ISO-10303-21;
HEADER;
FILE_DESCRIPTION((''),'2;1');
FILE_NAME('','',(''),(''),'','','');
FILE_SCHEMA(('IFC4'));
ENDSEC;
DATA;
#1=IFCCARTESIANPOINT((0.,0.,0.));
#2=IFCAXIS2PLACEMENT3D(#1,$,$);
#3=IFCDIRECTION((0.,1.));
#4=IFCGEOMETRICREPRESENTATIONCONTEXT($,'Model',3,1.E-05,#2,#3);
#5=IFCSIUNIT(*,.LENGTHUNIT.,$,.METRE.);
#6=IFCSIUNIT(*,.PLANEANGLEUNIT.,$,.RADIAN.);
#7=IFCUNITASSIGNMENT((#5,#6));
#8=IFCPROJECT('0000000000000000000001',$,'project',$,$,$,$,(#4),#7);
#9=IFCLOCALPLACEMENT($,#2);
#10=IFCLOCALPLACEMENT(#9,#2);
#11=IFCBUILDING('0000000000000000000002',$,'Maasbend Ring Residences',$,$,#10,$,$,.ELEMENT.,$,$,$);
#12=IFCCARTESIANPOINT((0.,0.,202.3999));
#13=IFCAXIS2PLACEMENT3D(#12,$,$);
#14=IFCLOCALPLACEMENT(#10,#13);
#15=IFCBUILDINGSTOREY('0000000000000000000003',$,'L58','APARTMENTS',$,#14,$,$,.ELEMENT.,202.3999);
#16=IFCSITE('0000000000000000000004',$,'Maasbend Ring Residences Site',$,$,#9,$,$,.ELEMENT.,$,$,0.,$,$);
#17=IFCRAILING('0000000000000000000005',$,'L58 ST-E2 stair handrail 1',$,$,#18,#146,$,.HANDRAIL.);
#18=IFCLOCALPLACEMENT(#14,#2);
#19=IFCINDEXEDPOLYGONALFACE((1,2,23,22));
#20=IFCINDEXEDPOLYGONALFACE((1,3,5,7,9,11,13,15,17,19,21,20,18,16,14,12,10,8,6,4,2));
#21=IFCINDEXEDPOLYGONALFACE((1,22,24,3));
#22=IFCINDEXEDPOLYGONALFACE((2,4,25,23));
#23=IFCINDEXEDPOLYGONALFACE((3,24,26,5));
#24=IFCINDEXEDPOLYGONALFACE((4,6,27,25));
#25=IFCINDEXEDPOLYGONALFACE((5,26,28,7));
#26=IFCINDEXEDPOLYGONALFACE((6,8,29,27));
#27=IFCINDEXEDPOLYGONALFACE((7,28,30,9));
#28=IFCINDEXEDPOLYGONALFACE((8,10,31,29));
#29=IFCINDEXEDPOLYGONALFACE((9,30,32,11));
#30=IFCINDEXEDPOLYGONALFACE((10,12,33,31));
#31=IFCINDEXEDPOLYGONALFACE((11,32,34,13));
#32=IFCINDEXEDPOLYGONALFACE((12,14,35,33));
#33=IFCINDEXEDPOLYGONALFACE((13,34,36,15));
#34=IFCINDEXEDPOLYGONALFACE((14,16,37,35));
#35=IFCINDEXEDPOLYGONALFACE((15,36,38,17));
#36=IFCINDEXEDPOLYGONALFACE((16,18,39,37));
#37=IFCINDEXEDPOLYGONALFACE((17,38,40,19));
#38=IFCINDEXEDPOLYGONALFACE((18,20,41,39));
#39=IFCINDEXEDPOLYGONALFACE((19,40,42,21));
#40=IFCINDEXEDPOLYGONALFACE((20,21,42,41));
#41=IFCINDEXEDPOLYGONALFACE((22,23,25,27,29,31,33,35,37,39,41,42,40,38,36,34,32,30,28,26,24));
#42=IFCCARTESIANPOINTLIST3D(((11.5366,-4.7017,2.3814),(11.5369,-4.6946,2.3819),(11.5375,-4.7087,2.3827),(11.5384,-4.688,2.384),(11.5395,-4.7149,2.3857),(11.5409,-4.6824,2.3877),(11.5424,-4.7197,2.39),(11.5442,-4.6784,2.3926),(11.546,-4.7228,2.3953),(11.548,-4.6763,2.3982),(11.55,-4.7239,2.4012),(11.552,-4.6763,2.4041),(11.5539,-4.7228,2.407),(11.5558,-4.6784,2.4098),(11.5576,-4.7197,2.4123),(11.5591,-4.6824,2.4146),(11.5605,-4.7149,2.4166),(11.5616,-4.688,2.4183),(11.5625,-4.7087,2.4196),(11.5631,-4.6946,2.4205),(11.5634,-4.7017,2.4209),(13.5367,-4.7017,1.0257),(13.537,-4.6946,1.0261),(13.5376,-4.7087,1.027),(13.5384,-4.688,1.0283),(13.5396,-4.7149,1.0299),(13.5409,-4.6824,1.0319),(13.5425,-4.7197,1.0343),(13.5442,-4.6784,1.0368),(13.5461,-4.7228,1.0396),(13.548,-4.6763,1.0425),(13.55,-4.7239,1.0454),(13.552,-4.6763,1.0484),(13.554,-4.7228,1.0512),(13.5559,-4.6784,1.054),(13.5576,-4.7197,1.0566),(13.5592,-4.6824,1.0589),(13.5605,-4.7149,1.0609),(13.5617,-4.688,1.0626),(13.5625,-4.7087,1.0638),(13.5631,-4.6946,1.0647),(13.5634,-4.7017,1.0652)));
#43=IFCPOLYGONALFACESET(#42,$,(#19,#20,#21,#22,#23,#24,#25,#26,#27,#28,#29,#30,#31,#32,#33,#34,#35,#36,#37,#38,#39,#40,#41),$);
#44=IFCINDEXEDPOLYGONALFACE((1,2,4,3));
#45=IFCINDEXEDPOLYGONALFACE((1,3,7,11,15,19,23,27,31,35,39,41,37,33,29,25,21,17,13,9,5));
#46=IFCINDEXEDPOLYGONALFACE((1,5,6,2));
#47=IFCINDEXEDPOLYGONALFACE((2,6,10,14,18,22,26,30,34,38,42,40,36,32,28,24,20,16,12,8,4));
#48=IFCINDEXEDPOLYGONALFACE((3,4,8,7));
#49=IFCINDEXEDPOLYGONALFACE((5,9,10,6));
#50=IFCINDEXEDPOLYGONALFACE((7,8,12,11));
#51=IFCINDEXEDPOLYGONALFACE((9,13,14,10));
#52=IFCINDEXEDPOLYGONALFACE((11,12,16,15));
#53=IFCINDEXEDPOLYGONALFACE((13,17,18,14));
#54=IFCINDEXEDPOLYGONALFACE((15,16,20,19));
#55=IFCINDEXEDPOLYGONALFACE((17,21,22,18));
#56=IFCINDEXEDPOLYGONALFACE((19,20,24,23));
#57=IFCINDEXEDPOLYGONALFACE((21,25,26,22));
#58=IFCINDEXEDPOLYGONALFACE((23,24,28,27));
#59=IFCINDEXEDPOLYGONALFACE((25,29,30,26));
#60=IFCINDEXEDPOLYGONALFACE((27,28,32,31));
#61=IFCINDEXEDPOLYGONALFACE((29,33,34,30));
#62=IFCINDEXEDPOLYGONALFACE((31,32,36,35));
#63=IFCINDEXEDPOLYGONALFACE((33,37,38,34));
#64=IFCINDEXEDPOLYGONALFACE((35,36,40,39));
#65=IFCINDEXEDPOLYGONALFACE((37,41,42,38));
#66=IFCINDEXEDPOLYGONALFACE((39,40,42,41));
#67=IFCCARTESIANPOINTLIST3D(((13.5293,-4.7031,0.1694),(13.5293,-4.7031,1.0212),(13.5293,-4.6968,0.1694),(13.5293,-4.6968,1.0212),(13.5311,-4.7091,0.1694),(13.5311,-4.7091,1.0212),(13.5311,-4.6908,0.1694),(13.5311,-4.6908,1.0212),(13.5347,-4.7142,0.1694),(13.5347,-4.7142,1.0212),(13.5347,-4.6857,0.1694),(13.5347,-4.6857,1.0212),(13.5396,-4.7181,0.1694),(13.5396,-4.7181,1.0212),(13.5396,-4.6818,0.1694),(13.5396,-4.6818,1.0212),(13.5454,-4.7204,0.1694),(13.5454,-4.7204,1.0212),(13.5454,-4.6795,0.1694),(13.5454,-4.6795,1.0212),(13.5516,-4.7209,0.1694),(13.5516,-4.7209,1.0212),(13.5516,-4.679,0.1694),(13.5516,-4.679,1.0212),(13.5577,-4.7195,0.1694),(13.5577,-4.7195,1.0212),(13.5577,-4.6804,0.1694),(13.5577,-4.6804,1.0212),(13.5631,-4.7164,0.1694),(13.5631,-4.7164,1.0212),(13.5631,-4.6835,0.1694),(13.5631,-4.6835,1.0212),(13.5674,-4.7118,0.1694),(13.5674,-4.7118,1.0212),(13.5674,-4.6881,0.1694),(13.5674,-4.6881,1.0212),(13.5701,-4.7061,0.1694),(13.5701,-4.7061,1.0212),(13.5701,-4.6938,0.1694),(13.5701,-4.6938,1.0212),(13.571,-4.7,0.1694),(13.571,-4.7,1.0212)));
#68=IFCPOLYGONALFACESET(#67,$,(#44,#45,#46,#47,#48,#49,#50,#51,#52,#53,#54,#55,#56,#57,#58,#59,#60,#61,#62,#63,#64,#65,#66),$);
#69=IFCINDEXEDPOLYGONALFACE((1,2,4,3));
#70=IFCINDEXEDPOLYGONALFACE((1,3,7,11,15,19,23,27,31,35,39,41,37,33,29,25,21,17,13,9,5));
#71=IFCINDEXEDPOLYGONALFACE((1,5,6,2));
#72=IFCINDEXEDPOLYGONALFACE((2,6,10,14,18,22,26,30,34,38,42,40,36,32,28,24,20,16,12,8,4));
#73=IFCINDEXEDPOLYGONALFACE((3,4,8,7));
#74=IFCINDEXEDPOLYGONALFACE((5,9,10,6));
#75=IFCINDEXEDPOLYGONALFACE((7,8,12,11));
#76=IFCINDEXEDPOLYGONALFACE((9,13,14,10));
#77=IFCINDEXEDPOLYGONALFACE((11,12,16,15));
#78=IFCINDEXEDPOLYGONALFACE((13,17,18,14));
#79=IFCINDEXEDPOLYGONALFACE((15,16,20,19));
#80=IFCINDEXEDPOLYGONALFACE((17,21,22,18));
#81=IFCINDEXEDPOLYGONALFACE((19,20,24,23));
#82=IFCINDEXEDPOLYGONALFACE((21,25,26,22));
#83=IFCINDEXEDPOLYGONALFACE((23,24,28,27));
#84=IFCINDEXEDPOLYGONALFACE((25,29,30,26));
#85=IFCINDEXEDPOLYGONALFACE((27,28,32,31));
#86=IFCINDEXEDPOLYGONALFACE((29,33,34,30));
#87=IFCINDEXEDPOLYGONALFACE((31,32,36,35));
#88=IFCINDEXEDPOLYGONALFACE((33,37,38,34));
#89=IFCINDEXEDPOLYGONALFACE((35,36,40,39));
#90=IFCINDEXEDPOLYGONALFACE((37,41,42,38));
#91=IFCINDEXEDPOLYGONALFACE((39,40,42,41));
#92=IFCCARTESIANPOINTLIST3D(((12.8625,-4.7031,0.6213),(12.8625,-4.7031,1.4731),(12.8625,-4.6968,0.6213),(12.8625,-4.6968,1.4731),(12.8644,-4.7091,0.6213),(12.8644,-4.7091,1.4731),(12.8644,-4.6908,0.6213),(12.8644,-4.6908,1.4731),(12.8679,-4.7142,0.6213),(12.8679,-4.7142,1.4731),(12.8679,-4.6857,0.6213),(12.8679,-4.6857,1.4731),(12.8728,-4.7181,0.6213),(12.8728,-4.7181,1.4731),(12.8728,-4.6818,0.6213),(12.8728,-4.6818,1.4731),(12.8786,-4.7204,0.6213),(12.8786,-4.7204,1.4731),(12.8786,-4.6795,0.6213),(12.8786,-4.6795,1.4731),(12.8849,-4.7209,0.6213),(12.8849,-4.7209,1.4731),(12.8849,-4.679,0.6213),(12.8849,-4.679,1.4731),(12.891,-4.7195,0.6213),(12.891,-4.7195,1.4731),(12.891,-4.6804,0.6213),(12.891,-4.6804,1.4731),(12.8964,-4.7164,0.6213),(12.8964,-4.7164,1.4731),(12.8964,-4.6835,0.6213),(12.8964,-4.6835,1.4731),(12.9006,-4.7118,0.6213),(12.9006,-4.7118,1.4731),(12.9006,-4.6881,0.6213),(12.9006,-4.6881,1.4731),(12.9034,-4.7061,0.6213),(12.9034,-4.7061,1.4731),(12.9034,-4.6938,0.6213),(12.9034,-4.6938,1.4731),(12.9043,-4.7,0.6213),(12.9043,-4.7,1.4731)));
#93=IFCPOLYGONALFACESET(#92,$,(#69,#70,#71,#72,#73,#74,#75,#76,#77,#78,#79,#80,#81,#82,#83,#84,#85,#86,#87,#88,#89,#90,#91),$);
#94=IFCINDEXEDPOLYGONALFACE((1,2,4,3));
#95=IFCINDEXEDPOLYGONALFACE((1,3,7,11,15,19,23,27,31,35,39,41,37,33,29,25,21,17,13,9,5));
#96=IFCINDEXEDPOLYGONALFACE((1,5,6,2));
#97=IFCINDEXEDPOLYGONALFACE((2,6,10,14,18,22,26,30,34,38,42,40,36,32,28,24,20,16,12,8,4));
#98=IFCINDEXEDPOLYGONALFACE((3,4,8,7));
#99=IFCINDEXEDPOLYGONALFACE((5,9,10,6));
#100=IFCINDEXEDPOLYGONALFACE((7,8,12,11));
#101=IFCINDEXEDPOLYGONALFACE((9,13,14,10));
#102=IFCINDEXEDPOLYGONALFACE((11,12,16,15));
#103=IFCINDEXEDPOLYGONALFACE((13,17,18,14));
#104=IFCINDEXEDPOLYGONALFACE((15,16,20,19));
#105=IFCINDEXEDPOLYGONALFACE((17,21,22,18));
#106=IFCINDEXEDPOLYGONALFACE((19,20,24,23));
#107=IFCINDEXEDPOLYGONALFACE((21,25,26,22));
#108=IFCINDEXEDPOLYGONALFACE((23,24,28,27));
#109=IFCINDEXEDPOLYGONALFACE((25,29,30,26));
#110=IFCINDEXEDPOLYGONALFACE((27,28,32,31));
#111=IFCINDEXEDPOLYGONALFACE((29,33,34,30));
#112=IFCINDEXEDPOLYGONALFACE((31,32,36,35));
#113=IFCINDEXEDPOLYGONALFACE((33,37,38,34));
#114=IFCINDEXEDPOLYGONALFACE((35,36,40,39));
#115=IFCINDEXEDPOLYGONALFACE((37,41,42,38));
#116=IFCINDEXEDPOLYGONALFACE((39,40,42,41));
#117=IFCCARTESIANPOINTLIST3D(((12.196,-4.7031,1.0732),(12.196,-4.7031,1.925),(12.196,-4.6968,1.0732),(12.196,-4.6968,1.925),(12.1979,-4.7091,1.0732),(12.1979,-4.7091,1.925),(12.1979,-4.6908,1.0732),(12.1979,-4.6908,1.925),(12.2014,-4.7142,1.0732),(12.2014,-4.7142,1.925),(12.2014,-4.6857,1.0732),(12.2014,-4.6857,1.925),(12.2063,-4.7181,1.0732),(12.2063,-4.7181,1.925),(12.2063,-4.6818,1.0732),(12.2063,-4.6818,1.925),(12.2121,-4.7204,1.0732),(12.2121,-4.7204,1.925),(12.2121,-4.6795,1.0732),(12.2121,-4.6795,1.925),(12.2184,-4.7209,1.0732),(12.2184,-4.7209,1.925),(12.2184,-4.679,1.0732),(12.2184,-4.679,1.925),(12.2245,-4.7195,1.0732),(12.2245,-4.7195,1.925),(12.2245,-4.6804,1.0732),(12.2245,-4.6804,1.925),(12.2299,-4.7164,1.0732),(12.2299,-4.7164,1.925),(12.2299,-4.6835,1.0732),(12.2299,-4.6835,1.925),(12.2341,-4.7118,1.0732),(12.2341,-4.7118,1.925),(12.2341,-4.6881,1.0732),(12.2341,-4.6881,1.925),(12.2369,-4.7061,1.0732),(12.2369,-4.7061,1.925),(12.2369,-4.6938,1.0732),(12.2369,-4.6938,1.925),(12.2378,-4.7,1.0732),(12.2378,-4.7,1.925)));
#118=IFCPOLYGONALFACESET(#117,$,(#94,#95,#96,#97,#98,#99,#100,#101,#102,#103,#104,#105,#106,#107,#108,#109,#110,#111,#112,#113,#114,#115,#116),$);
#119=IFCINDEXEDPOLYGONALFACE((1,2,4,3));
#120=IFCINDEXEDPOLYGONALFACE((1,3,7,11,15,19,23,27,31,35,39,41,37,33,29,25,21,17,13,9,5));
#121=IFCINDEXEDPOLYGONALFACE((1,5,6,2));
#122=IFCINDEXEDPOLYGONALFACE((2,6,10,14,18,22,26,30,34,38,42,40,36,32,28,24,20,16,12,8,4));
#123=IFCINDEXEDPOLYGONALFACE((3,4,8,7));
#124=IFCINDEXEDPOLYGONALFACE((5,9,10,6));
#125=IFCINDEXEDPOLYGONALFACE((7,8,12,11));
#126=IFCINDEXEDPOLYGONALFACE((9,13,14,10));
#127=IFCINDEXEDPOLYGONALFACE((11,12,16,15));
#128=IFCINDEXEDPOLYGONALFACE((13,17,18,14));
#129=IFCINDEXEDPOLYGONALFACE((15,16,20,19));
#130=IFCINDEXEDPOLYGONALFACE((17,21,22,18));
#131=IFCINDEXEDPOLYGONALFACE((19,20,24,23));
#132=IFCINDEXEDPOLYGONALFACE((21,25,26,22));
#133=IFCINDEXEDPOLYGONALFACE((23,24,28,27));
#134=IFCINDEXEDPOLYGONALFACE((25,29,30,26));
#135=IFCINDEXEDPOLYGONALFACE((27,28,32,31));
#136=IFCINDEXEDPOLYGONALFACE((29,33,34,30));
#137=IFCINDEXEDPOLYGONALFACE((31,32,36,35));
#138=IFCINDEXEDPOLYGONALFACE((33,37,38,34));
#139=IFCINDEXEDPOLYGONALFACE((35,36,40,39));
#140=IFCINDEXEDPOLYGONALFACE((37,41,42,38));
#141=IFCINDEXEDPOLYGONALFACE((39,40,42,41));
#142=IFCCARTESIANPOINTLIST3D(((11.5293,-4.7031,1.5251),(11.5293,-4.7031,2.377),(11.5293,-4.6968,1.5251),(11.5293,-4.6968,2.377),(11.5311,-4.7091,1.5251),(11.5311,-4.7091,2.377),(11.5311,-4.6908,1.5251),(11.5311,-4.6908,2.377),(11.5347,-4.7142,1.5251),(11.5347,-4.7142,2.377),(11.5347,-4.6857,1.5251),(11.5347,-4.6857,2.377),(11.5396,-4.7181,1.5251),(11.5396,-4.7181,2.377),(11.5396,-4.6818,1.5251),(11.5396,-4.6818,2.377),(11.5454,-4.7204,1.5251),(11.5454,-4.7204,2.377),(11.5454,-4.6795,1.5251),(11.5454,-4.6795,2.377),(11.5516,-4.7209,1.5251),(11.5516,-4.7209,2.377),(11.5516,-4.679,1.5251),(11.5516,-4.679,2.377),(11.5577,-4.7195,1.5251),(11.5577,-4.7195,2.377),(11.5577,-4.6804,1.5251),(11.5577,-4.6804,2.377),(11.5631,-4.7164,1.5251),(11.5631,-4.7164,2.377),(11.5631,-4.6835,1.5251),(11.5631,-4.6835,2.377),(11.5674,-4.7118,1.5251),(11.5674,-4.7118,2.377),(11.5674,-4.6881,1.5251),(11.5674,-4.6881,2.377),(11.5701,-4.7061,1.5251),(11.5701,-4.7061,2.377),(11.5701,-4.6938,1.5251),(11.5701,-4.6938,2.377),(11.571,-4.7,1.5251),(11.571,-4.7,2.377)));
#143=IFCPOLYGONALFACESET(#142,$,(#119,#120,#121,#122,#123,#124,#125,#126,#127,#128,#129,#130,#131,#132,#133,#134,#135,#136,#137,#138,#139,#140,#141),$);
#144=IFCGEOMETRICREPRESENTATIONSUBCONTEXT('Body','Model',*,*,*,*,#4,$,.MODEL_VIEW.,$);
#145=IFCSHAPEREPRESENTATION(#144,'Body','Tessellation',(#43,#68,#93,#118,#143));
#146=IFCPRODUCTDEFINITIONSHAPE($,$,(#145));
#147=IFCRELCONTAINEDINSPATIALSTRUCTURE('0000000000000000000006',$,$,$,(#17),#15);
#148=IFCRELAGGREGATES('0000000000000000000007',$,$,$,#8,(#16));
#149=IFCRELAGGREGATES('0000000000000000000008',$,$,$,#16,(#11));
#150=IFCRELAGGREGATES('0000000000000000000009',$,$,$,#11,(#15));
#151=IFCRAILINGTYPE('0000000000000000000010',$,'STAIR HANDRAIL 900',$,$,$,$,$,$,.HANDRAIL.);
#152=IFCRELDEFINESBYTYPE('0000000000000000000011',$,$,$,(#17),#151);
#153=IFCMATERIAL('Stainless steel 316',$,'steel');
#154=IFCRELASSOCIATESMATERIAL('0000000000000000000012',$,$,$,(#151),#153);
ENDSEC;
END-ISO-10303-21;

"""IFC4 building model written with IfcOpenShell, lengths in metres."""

from ifc_helpers import new_model, si_unit, direction, frame, origin, origin_2d, place, context, subcontext, project, spatial, circle, extrude, material, type_object, element, save


model = new_model("IFC4")

# Units and contexts
model_context = context("Model", 3, precision=1e-05, world=origin(), true_north=direction((0.0, 1.0)))
body_context = subcontext(model_context, "Body", "Model", "MODEL_VIEW")
ifc_project = project(units=[si_unit("LENGTHUNIT", "METRE"), si_unit("PLANEANGLEUNIT", "RADIAN")], contexts=[model_context])

# Site, building, storey
site_placement = place(None, origin())
site = spatial("IfcSite", under=ifc_project, at=site_placement, Name="Maasbend Ring Residences Site", CompositionType="ELEMENT", RefElevation=0.0)
building_placement = place(site_placement, origin())
building = spatial("IfcBuilding", under=site, at=building_placement, Name="Maasbend Ring Residences", CompositionType="ELEMENT")
storey_placement = place(building_placement, frame((0.0, 0.0, 202.3999)))
storey = spatial("IfcBuildingStorey", under=building, at=storey_placement, Name="L58", Description="APARTMENTS", CompositionType="ELEMENT", Elevation=202.3999)

# Railing
ifc_material_1 = material(Name="Stainless steel 316", Category="steel")
railing_type_1 = type_object("IfcRailingType", Name="STAIR HANDRAIL 900", PredefinedType="HANDRAIL", material=ifc_material_1)
railing_1_placement = place(storey_placement, frame((13.55, -4.7, 0.1694)))
element("IfcRailing", 1, at=railing_1_placement, inside=storey, type_object=railing_type_1, Name="L58 ST-E2 stair handrail 1", PredefinedType="HANDRAIL", context=body_context, shape_type="SweptSolid", body=[
    extrude(circle(Radius=0.0239, at=origin_2d()), frame((0.0, 0.0, 0.876), z_axis=(-0.827751, 0.0, 0.561096), x_axis=(0.0, -1.0, 0.0)), (0.0, 0.0, 1.0), 2.4163),
    extrude(circle(Radius=0.021, at=origin_2d()), origin(), (0.0, 0.0, 1.0), 0.8518),
    extrude(circle(Radius=0.021, at=origin_2d()), frame((-0.6667, 0.0, 0.4519)), (0.0, 0.0, 1.0), 0.8518),
    extrude(circle(Radius=0.021, at=origin_2d()), frame((-1.3333, 0.0, 0.9038)), (0.0, 0.0, 1.0), 0.8518),
    extrude(circle(Radius=0.021, at=origin_2d()), frame((-2.0, 0.0, 1.3557)), (0.0, 0.0, 1.0), 0.8518),
])

save(model, "model.ifc")
